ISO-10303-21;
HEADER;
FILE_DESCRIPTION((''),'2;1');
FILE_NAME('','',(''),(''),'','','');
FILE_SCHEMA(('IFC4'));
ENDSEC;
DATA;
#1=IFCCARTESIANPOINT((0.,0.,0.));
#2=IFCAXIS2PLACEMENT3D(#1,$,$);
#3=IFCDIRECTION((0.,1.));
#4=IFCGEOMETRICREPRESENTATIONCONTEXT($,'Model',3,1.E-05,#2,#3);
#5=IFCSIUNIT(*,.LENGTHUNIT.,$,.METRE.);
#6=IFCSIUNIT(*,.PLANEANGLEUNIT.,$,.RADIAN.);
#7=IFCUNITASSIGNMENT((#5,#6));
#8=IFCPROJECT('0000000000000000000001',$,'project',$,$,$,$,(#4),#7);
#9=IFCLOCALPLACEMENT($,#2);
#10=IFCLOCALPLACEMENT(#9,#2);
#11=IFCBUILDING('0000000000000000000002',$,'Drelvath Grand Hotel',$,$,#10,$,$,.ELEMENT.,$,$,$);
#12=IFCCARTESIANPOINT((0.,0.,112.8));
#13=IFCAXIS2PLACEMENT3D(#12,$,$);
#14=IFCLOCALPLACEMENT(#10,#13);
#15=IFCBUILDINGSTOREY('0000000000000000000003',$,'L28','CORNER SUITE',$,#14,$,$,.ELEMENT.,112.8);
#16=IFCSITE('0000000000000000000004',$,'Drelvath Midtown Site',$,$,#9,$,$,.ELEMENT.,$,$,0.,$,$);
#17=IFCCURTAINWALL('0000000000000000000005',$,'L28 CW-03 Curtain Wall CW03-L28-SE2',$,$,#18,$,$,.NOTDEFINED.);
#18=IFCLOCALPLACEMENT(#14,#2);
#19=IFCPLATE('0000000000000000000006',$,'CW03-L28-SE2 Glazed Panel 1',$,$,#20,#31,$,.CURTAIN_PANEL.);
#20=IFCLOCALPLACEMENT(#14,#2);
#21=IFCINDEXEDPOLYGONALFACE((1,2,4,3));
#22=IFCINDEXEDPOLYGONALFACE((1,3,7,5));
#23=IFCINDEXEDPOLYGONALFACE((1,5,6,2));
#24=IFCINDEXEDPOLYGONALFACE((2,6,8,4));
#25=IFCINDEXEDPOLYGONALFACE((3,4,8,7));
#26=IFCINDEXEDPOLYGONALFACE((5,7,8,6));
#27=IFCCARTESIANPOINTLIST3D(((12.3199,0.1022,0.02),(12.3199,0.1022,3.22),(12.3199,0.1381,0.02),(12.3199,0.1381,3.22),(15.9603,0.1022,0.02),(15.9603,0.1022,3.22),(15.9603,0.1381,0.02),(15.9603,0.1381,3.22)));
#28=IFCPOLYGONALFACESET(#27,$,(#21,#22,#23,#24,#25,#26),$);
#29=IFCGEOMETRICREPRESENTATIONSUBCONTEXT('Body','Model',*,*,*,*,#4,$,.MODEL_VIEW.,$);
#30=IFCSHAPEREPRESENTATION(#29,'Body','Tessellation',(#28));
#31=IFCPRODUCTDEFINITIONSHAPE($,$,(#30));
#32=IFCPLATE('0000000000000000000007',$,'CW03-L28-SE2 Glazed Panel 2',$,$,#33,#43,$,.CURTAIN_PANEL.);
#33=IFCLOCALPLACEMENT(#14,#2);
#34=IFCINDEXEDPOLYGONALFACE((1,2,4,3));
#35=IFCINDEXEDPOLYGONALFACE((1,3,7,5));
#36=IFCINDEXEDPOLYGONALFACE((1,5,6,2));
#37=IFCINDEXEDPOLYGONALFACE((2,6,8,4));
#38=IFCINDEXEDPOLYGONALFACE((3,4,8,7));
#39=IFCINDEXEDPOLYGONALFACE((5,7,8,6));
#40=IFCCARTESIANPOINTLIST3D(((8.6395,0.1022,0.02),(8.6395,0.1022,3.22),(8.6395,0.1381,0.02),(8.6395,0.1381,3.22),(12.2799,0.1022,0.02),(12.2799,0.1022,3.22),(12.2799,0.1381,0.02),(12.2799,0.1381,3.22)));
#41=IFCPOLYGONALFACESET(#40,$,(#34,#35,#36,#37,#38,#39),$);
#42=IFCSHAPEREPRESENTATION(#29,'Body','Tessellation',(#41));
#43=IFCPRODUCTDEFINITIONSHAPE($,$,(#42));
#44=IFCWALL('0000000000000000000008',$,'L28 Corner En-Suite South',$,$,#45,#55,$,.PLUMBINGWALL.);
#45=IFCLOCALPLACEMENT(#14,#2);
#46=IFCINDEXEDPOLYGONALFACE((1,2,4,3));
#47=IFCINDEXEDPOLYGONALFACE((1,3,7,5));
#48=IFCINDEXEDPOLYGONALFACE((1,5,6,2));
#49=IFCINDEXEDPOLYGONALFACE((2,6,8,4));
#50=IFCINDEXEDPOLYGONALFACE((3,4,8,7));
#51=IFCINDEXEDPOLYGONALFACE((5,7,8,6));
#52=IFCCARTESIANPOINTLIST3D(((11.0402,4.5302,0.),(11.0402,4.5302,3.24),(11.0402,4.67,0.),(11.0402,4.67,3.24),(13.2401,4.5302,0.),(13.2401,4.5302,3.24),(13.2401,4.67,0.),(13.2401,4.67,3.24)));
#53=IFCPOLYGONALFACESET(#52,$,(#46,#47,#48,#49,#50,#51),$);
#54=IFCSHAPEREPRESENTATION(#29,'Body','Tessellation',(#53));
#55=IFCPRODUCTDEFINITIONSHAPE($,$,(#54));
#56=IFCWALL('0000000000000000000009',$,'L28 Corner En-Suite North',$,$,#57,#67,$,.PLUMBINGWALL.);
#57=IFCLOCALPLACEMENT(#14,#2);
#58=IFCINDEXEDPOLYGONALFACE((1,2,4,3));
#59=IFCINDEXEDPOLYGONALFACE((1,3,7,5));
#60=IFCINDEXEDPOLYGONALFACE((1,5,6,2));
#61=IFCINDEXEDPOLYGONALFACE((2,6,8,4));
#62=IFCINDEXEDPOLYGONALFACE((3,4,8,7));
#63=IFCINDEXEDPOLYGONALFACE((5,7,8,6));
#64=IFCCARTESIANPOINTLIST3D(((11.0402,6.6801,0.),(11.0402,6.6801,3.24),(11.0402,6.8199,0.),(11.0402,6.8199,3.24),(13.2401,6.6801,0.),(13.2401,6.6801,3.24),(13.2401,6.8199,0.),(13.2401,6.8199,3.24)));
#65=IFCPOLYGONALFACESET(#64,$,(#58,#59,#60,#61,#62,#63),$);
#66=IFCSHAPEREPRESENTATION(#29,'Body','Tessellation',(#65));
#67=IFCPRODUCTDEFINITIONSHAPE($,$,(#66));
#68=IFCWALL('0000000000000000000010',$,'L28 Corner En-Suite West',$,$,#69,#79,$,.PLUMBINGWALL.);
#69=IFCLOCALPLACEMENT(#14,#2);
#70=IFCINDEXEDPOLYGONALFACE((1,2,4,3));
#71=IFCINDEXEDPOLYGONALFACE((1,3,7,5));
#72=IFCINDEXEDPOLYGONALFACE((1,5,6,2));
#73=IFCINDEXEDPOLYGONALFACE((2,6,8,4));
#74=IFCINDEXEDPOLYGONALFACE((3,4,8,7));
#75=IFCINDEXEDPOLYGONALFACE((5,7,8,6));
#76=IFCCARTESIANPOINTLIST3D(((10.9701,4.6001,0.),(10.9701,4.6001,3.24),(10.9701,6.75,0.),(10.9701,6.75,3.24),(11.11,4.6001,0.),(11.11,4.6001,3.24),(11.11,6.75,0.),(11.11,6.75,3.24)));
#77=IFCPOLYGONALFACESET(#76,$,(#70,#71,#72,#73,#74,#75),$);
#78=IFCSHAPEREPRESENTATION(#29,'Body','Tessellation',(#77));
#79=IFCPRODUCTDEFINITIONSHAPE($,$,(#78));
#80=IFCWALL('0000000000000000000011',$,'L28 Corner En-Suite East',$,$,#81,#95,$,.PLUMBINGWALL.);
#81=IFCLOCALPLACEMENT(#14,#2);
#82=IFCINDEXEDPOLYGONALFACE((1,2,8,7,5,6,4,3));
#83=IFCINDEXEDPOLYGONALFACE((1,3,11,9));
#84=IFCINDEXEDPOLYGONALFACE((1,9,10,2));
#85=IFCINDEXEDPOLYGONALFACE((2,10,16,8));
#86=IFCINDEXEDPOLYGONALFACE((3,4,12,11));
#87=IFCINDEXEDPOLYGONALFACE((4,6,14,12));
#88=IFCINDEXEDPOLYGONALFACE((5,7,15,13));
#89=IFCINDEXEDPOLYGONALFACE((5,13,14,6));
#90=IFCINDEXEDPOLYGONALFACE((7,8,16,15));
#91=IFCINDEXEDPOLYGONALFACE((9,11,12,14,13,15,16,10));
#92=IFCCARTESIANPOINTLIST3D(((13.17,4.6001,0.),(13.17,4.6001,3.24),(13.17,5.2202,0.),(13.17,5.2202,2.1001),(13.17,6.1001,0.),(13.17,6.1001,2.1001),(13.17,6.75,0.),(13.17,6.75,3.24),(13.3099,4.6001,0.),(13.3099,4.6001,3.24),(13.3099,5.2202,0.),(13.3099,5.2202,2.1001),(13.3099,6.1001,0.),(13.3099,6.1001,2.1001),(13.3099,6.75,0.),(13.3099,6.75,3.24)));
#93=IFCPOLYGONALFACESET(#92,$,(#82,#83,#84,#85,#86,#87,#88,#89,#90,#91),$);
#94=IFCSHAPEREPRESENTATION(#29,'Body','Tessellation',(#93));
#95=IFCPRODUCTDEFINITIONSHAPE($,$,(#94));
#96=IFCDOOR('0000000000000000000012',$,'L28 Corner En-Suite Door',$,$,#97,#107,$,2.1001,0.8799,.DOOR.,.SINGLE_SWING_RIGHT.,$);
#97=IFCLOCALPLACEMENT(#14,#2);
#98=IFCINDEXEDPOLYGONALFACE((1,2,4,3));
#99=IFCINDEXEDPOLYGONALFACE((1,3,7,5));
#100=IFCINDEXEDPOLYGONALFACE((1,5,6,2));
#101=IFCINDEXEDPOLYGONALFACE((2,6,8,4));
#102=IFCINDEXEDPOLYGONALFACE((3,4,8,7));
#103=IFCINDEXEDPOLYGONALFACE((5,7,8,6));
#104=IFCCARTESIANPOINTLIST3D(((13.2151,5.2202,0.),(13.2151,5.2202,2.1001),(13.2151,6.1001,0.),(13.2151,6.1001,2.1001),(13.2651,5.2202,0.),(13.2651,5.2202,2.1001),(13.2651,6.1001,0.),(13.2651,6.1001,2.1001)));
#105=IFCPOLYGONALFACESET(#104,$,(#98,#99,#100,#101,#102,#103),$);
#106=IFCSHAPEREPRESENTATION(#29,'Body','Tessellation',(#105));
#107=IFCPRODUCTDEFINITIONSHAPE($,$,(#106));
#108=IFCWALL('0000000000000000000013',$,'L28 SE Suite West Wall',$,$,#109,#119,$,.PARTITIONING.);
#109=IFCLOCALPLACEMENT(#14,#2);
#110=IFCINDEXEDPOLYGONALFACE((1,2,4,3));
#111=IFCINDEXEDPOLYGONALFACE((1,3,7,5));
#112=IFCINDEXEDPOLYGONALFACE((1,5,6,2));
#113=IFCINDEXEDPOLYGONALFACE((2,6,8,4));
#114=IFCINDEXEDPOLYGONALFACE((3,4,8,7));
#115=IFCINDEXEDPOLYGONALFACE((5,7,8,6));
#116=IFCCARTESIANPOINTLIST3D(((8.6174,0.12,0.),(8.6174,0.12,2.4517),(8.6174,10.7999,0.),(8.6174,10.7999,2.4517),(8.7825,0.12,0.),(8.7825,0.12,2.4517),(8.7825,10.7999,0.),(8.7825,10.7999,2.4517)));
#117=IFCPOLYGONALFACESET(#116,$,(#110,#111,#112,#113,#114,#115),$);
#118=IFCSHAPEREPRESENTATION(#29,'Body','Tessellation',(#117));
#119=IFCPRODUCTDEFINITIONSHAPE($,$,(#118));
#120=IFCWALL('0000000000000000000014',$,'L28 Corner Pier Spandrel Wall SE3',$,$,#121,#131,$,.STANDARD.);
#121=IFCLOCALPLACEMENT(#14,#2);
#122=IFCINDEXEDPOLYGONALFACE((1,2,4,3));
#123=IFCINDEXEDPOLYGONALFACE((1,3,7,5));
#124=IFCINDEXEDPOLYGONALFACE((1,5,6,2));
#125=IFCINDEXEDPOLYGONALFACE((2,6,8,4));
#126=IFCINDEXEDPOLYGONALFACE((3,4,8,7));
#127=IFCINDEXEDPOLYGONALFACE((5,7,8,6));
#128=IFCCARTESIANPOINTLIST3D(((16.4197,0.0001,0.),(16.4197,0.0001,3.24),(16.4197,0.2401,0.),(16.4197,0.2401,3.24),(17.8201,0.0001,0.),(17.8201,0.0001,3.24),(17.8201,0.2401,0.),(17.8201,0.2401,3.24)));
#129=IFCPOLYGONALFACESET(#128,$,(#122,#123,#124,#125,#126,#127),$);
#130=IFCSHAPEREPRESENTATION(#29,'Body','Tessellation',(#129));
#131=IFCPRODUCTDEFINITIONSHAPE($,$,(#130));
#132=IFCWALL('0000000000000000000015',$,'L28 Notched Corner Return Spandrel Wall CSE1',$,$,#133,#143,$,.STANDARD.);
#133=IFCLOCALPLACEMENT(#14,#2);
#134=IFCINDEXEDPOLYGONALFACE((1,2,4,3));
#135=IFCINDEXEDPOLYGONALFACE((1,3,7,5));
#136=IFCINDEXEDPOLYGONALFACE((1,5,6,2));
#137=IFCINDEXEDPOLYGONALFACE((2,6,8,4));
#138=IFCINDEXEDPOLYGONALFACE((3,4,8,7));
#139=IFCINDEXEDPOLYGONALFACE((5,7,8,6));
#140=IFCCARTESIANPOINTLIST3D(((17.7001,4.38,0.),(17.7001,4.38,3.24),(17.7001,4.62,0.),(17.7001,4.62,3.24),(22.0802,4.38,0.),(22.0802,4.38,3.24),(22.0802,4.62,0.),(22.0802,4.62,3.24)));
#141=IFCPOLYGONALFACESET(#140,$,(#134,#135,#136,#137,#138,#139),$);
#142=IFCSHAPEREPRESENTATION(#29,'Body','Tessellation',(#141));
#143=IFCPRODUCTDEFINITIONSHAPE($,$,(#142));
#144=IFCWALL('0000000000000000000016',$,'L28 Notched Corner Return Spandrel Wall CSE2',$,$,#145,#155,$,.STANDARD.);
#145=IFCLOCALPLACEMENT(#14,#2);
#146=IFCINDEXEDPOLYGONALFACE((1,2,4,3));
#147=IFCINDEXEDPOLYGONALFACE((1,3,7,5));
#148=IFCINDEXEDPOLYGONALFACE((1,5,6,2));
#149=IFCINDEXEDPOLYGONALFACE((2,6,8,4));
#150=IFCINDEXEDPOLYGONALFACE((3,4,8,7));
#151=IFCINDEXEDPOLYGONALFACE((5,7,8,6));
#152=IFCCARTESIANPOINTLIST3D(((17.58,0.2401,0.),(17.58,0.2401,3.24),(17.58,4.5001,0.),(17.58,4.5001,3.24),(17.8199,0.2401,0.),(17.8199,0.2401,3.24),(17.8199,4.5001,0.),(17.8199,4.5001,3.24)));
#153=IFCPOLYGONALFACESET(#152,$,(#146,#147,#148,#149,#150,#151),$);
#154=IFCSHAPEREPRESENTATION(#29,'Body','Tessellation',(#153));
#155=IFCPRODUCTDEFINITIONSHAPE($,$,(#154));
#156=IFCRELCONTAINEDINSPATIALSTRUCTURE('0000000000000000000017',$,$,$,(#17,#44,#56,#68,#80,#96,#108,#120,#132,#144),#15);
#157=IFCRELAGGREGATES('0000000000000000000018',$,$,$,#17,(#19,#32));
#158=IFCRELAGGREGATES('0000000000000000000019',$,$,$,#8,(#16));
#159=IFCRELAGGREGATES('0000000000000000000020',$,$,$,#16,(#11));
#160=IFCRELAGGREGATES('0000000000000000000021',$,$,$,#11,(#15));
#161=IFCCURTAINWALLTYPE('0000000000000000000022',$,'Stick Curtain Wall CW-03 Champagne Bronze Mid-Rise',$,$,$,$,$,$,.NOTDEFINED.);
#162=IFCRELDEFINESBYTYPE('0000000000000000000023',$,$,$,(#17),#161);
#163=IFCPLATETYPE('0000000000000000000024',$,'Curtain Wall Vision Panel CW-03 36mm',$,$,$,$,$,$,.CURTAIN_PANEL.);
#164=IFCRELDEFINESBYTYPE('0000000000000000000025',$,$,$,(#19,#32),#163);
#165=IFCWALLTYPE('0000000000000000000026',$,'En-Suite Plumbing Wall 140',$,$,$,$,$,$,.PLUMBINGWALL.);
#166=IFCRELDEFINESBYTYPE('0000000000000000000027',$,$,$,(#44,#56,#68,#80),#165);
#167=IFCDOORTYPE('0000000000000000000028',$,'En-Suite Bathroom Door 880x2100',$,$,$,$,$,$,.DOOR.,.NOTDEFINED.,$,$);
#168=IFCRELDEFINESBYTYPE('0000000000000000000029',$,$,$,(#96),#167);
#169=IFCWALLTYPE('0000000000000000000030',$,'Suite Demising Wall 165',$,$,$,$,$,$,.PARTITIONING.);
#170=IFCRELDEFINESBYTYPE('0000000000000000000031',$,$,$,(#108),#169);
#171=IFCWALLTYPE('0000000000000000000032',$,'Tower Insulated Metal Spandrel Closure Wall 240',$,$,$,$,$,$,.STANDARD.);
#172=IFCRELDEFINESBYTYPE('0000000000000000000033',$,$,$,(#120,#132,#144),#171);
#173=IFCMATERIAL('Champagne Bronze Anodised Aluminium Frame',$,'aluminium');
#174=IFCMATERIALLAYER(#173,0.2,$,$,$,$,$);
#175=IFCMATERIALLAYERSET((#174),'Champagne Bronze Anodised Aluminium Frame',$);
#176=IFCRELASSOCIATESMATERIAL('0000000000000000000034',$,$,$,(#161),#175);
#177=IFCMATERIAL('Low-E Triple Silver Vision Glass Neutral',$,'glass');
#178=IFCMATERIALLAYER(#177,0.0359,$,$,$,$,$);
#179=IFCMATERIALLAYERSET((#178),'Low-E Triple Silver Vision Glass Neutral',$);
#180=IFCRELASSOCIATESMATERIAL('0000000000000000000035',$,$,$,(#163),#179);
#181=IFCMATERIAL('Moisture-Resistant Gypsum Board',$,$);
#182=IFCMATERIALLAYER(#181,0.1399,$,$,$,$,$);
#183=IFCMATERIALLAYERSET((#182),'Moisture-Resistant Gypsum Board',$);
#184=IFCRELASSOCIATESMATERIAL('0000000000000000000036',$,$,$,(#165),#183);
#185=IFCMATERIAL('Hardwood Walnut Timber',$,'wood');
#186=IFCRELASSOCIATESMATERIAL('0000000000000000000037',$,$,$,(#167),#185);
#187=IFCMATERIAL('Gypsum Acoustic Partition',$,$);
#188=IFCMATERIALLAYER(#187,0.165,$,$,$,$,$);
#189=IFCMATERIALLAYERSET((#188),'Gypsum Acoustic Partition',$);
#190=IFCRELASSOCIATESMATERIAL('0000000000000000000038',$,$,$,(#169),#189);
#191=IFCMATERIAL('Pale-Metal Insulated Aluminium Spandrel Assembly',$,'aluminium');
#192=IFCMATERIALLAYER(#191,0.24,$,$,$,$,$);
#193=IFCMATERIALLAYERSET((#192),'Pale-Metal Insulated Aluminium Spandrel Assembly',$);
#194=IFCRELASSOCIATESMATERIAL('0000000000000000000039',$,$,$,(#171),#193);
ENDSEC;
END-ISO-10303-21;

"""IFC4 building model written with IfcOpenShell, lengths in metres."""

from ifc_helpers import new_model, si_unit, direction, frame, frame_2d, origin, origin_2d, place, context, subcontext, project, spatial, rectangle, extrude, material, layer, layer_set, type_object, element, fill, aggregate, save


model = new_model("IFC4")

# Units and contexts
model_context = context("Model", 3, precision=1e-05, world=origin(), true_north=direction((0.0, 1.0)))
body_context = subcontext(model_context, "Body", "Model", "MODEL_VIEW")
ifc_project = project(units=[si_unit("LENGTHUNIT", "METRE"), si_unit("PLANEANGLEUNIT", "RADIAN")], contexts=[model_context])

# Site, building, storey
site_placement = place(None, origin())
site = spatial("IfcSite", under=ifc_project, at=site_placement, Name="Drelvath Midtown Site", CompositionType="ELEMENT", RefElevation=0.0)
building_placement = place(site_placement, origin())
building = spatial("IfcBuilding", under=site, at=building_placement, Name="Drelvath Grand Hotel", CompositionType="ELEMENT")
storey_placement = place(building_placement, frame((0.0, 0.0, 112.8)))
storey = spatial("IfcBuildingStorey", under=building, at=storey_placement, Name="L28", Description="CORNER SUITE", CompositionType="ELEMENT", Elevation=112.8)

# Curtain wall
ifc_material_1 = material(Name="Champagne Bronze Anodised Aluminium Frame", Category="aluminium")
ifc_layer_1 = layer(ifc_material_1, 0.2)
ifc_layer_set_1 = layer_set([ifc_layer_1], Name="Champagne Bronze Anodised Aluminium Frame")
curtain_wall_type = type_object("IfcCurtainWallType", Name="Stick Curtain Wall CW-03 Champagne Bronze Mid-Rise", PredefinedType="NOTDEFINED", material=ifc_layer_set_1)
curtain_wall_1_placement = place(storey_placement, origin())
curtain_wall_1 = element("IfcCurtainWall", 1, at=curtain_wall_1_placement, inside=storey, type_object=curtain_wall_type, Name="L28 CW-03 Curtain Wall CW03-L28-SE2", PredefinedType="NOTDEFINED")

# Plates
ifc_material_2 = material(Name="Low-E Triple Silver Vision Glass Neutral", Category="glass")
ifc_layer_2 = layer(ifc_material_2, 0.0359)
ifc_layer_set_2 = layer_set([ifc_layer_2], Name="Low-E Triple Silver Vision Glass Neutral")
plate_type = type_object("IfcPlateType", Name="Curtain Wall Vision Panel CW-03 36mm", PredefinedType="CURTAIN_PANEL", material=ifc_layer_set_2)
plate_1_placement = place(storey_placement, frame((14.1401, 0.1201, 0.02), z_axis=(0.0, 0.0, 1.0), x_axis=(-1.0, 0.0, 0.0)))
plate_1 = element("IfcPlate", 2, at=plate_1_placement, type_object=plate_type, Name="CW03-L28-SE2 Glazed Panel 1", PredefinedType="CURTAIN_PANEL", context=body_context, shape_type="SweptSolid", body=[
    extrude(rectangle(XDim=3.6404, YDim=0.0359, at=origin_2d()), origin(), (0.0, 0.0, 1.0), 3.2),
])
plate_2_placement = place(storey_placement, frame((10.4597, 0.1201, 0.02), z_axis=(0.0, 0.0, 1.0), x_axis=(-1.0, 0.0, 0.0)))
plate_2 = element("IfcPlate", 3, at=plate_2_placement, type_object=plate_type, Name="CW03-L28-SE2 Glazed Panel 2", PredefinedType="CURTAIN_PANEL", context=body_context, shape_type="SweptSolid", body=[
    extrude(rectangle(XDim=3.6404, YDim=0.0359, at=origin_2d()), origin(), (0.0, 0.0, 1.0), 3.2),
])
aggregate(curtain_wall_1, [plate_1, plate_2])

# Walls
ifc_material_3 = material(Name="Moisture-Resistant Gypsum Board")
ifc_layer_3 = layer(ifc_material_3, 0.1399)
ifc_layer_set_3 = layer_set([ifc_layer_3], Name="Moisture-Resistant Gypsum Board")
wall_type_1 = type_object("IfcWallType", Name="En-Suite Plumbing Wall 140", PredefinedType="PLUMBINGWALL", material=ifc_layer_set_3)
for number, where, z_axis, x_axis, name in (
    (4, (11.04, 4.6001, 0.0), (0.0, 0.0, 1.0), (1.0, 0.0, 0.0), "L28 Corner En-Suite South"),
    (5, (11.04, 6.75, 0.0), (0.0, 0.0, 1.0), (1.0, 0.0, 0.0), "L28 Corner En-Suite North"),
):
    element("IfcWall", number, at=place(storey_placement, frame(where, z_axis=z_axis, x_axis=x_axis)), inside=storey, type_object=wall_type_1, Name=name, PredefinedType="PLUMBINGWALL", context=body_context, shape_type="SweptSolid", body=[
        extrude(rectangle(XDim=2.2, YDim=0.1399, at=frame_2d((1.1001, 0.0))), origin(), (0.0, 0.0, 1.0), 3.24),
    ])
wall_1_placement = place(storey_placement, frame((11.04, 4.6001, 0.0), z_axis=(0.0, 0.0, 1.0), x_axis=(0.0, 1.0, 0.0)))
element("IfcWall", 6, at=wall_1_placement, inside=storey, type_object=wall_type_1, Name="L28 Corner En-Suite West", PredefinedType="PLUMBINGWALL", context=body_context, shape_type="SweptSolid", body=[
    extrude(rectangle(XDim=2.1499, YDim=0.1399, at=frame_2d((1.075, 0.0))), origin(), (0.0, 0.0, 1.0), 3.24),
])

# Wall, opening, door
wall_2_placement = place(storey_placement, frame((13.24, 4.6001, 0.0), z_axis=(0.0, 0.0, 1.0), x_axis=(0.0, 1.0, 0.0)))
wall_2 = element("IfcWall", 7, at=wall_2_placement, inside=storey, type_object=wall_type_1, Name="L28 Corner En-Suite East", PredefinedType="PLUMBINGWALL", context=body_context, shape_type="SweptSolid", body=[
    extrude(rectangle(XDim=2.1499, YDim=0.1399, at=frame_2d((1.075, 0.0))), origin(), (0.0, 0.0, 1.0), 3.24),
])
opening_placement = place(wall_2_placement, frame((0.6201, 0.0, 0.0)))
opening = element("IfcOpeningElement", 8, at=opening_placement, cuts=wall_2, PredefinedType="OPENING", context=body_context, shape_type="SweptSolid", body=[
    extrude(rectangle(XDim=0.8799, YDim=2.1001, at=frame_2d((0.4399, 1.05))), frame((0.0, 0.0798, 0.0), z_axis=(0.0, -1.0, 0.0), x_axis=(1.0, 0.0, 0.0)), (0.0, 0.0, 1.0), 0.1599),
])
ifc_material_4 = material(Name="Hardwood Walnut Timber", Category="wood")
door_type = type_object("IfcDoorType", Name="En-Suite Bathroom Door 880x2100", OperationType="NOTDEFINED", PredefinedType="DOOR", material=ifc_material_4)
door_placement = place(opening_placement, origin())
door = element("IfcDoor", 9, at=door_placement, inside=storey, type_object=door_type, Name="L28 Corner En-Suite Door", OperationType="SINGLE_SWING_RIGHT", OverallHeight=2.1001, OverallWidth=0.8799, PredefinedType="DOOR", context=body_context, shape_type="SweptSolid", body=[
    extrude(rectangle(XDim=0.8799, YDim=2.1001, at=frame_2d((0.4399, 1.05))), frame((0.0, 0.0249, 0.0), z_axis=(0.0, -1.0, 0.0), x_axis=(1.0, 0.0, 0.0)), (0.0, 0.0, 1.0), 0.05),
])
fill(opening, door)

# Walls
ifc_material_5 = material(Name="Gypsum Acoustic Partition")
ifc_layer_4 = layer(ifc_material_5, 0.165)
ifc_layer_set_4 = layer_set([ifc_layer_4], Name="Gypsum Acoustic Partition")
wall_type_2 = type_object("IfcWallType", Name="Suite Demising Wall 165", PredefinedType="PARTITIONING", material=ifc_layer_set_4)
wall_3_placement = place(storey_placement, frame((8.7, 0.1201, 0.0), z_axis=(0.0, 0.0, 1.0), x_axis=(0.0, 1.0, 0.0)))
element("IfcWall", 10, at=wall_3_placement, inside=storey, type_object=wall_type_2, Name="L28 SE Suite West Wall", PredefinedType="PARTITIONING", context=body_context, shape_type="SweptSolid", body=[
    extrude(rectangle(XDim=10.6799, YDim=0.165, at=frame_2d((5.3398, 0.0))), origin(), (0.0, 0.0, 1.0), 2.4517),
])
ifc_material_6 = material(Name="Pale-Metal Insulated Aluminium Spandrel Assembly", Category="aluminium")
ifc_layer_5 = layer(ifc_material_6, 0.24)
ifc_layer_set_5 = layer_set([ifc_layer_5], Name="Pale-Metal Insulated Aluminium Spandrel Assembly")
wall_type_3 = type_object("IfcWallType", Name="Tower Insulated Metal Spandrel Closure Wall 240", PredefinedType="STANDARD", material=ifc_layer_set_5)
wall_4_placement = place(storey_placement, frame((17.8201, 0.1201, 0.0), z_axis=(0.0, 0.0, 1.0), x_axis=(-1.0, 0.0, 0.0)))
element("IfcWall", 11, at=wall_4_placement, inside=storey, type_object=wall_type_3, Name="L28 Corner Pier Spandrel Wall SE3", PredefinedType="STANDARD", context=body_context, shape_type="SweptSolid", body=[
    extrude(rectangle(XDim=1.4004, YDim=0.24, at=frame_2d((0.7002, 0.0))), origin(), (0.0, 0.0, 1.0), 3.24),
])
wall_5_placement = place(storey_placement, frame((22.0801, 4.5, 0.0), z_axis=(0.0, 0.0, 1.0), x_axis=(-1.0, 0.0, 0.0)))
element("IfcWall", 12, at=wall_5_placement, inside=storey, type_object=wall_type_3, Name="L28 Notched Corner Return Spandrel Wall CSE1", PredefinedType="STANDARD", context=body_context, shape_type="SweptSolid", body=[
    extrude(rectangle(XDim=4.3801, YDim=0.24, at=frame_2d((2.1899, 0.0))), origin(), (0.0, 0.0, 1.0), 3.24),
])
wall_6_placement = place(storey_placement, frame((17.7, 4.5, 0.0), z_axis=(0.0, 0.0, 1.0), x_axis=(0.0, -1.0, 0.0)))
element("IfcWall", 13, at=wall_6_placement, inside=storey, type_object=wall_type_3, Name="L28 Notched Corner Return Spandrel Wall CSE2", PredefinedType="STANDARD", context=body_context, shape_type="SweptSolid", body=[
    extrude(rectangle(XDim=4.26, YDim=0.24, at=frame_2d((2.1299, 0.0))), origin(), (0.0, 0.0, 1.0), 3.24),
])

save(model, "model.ifc")
